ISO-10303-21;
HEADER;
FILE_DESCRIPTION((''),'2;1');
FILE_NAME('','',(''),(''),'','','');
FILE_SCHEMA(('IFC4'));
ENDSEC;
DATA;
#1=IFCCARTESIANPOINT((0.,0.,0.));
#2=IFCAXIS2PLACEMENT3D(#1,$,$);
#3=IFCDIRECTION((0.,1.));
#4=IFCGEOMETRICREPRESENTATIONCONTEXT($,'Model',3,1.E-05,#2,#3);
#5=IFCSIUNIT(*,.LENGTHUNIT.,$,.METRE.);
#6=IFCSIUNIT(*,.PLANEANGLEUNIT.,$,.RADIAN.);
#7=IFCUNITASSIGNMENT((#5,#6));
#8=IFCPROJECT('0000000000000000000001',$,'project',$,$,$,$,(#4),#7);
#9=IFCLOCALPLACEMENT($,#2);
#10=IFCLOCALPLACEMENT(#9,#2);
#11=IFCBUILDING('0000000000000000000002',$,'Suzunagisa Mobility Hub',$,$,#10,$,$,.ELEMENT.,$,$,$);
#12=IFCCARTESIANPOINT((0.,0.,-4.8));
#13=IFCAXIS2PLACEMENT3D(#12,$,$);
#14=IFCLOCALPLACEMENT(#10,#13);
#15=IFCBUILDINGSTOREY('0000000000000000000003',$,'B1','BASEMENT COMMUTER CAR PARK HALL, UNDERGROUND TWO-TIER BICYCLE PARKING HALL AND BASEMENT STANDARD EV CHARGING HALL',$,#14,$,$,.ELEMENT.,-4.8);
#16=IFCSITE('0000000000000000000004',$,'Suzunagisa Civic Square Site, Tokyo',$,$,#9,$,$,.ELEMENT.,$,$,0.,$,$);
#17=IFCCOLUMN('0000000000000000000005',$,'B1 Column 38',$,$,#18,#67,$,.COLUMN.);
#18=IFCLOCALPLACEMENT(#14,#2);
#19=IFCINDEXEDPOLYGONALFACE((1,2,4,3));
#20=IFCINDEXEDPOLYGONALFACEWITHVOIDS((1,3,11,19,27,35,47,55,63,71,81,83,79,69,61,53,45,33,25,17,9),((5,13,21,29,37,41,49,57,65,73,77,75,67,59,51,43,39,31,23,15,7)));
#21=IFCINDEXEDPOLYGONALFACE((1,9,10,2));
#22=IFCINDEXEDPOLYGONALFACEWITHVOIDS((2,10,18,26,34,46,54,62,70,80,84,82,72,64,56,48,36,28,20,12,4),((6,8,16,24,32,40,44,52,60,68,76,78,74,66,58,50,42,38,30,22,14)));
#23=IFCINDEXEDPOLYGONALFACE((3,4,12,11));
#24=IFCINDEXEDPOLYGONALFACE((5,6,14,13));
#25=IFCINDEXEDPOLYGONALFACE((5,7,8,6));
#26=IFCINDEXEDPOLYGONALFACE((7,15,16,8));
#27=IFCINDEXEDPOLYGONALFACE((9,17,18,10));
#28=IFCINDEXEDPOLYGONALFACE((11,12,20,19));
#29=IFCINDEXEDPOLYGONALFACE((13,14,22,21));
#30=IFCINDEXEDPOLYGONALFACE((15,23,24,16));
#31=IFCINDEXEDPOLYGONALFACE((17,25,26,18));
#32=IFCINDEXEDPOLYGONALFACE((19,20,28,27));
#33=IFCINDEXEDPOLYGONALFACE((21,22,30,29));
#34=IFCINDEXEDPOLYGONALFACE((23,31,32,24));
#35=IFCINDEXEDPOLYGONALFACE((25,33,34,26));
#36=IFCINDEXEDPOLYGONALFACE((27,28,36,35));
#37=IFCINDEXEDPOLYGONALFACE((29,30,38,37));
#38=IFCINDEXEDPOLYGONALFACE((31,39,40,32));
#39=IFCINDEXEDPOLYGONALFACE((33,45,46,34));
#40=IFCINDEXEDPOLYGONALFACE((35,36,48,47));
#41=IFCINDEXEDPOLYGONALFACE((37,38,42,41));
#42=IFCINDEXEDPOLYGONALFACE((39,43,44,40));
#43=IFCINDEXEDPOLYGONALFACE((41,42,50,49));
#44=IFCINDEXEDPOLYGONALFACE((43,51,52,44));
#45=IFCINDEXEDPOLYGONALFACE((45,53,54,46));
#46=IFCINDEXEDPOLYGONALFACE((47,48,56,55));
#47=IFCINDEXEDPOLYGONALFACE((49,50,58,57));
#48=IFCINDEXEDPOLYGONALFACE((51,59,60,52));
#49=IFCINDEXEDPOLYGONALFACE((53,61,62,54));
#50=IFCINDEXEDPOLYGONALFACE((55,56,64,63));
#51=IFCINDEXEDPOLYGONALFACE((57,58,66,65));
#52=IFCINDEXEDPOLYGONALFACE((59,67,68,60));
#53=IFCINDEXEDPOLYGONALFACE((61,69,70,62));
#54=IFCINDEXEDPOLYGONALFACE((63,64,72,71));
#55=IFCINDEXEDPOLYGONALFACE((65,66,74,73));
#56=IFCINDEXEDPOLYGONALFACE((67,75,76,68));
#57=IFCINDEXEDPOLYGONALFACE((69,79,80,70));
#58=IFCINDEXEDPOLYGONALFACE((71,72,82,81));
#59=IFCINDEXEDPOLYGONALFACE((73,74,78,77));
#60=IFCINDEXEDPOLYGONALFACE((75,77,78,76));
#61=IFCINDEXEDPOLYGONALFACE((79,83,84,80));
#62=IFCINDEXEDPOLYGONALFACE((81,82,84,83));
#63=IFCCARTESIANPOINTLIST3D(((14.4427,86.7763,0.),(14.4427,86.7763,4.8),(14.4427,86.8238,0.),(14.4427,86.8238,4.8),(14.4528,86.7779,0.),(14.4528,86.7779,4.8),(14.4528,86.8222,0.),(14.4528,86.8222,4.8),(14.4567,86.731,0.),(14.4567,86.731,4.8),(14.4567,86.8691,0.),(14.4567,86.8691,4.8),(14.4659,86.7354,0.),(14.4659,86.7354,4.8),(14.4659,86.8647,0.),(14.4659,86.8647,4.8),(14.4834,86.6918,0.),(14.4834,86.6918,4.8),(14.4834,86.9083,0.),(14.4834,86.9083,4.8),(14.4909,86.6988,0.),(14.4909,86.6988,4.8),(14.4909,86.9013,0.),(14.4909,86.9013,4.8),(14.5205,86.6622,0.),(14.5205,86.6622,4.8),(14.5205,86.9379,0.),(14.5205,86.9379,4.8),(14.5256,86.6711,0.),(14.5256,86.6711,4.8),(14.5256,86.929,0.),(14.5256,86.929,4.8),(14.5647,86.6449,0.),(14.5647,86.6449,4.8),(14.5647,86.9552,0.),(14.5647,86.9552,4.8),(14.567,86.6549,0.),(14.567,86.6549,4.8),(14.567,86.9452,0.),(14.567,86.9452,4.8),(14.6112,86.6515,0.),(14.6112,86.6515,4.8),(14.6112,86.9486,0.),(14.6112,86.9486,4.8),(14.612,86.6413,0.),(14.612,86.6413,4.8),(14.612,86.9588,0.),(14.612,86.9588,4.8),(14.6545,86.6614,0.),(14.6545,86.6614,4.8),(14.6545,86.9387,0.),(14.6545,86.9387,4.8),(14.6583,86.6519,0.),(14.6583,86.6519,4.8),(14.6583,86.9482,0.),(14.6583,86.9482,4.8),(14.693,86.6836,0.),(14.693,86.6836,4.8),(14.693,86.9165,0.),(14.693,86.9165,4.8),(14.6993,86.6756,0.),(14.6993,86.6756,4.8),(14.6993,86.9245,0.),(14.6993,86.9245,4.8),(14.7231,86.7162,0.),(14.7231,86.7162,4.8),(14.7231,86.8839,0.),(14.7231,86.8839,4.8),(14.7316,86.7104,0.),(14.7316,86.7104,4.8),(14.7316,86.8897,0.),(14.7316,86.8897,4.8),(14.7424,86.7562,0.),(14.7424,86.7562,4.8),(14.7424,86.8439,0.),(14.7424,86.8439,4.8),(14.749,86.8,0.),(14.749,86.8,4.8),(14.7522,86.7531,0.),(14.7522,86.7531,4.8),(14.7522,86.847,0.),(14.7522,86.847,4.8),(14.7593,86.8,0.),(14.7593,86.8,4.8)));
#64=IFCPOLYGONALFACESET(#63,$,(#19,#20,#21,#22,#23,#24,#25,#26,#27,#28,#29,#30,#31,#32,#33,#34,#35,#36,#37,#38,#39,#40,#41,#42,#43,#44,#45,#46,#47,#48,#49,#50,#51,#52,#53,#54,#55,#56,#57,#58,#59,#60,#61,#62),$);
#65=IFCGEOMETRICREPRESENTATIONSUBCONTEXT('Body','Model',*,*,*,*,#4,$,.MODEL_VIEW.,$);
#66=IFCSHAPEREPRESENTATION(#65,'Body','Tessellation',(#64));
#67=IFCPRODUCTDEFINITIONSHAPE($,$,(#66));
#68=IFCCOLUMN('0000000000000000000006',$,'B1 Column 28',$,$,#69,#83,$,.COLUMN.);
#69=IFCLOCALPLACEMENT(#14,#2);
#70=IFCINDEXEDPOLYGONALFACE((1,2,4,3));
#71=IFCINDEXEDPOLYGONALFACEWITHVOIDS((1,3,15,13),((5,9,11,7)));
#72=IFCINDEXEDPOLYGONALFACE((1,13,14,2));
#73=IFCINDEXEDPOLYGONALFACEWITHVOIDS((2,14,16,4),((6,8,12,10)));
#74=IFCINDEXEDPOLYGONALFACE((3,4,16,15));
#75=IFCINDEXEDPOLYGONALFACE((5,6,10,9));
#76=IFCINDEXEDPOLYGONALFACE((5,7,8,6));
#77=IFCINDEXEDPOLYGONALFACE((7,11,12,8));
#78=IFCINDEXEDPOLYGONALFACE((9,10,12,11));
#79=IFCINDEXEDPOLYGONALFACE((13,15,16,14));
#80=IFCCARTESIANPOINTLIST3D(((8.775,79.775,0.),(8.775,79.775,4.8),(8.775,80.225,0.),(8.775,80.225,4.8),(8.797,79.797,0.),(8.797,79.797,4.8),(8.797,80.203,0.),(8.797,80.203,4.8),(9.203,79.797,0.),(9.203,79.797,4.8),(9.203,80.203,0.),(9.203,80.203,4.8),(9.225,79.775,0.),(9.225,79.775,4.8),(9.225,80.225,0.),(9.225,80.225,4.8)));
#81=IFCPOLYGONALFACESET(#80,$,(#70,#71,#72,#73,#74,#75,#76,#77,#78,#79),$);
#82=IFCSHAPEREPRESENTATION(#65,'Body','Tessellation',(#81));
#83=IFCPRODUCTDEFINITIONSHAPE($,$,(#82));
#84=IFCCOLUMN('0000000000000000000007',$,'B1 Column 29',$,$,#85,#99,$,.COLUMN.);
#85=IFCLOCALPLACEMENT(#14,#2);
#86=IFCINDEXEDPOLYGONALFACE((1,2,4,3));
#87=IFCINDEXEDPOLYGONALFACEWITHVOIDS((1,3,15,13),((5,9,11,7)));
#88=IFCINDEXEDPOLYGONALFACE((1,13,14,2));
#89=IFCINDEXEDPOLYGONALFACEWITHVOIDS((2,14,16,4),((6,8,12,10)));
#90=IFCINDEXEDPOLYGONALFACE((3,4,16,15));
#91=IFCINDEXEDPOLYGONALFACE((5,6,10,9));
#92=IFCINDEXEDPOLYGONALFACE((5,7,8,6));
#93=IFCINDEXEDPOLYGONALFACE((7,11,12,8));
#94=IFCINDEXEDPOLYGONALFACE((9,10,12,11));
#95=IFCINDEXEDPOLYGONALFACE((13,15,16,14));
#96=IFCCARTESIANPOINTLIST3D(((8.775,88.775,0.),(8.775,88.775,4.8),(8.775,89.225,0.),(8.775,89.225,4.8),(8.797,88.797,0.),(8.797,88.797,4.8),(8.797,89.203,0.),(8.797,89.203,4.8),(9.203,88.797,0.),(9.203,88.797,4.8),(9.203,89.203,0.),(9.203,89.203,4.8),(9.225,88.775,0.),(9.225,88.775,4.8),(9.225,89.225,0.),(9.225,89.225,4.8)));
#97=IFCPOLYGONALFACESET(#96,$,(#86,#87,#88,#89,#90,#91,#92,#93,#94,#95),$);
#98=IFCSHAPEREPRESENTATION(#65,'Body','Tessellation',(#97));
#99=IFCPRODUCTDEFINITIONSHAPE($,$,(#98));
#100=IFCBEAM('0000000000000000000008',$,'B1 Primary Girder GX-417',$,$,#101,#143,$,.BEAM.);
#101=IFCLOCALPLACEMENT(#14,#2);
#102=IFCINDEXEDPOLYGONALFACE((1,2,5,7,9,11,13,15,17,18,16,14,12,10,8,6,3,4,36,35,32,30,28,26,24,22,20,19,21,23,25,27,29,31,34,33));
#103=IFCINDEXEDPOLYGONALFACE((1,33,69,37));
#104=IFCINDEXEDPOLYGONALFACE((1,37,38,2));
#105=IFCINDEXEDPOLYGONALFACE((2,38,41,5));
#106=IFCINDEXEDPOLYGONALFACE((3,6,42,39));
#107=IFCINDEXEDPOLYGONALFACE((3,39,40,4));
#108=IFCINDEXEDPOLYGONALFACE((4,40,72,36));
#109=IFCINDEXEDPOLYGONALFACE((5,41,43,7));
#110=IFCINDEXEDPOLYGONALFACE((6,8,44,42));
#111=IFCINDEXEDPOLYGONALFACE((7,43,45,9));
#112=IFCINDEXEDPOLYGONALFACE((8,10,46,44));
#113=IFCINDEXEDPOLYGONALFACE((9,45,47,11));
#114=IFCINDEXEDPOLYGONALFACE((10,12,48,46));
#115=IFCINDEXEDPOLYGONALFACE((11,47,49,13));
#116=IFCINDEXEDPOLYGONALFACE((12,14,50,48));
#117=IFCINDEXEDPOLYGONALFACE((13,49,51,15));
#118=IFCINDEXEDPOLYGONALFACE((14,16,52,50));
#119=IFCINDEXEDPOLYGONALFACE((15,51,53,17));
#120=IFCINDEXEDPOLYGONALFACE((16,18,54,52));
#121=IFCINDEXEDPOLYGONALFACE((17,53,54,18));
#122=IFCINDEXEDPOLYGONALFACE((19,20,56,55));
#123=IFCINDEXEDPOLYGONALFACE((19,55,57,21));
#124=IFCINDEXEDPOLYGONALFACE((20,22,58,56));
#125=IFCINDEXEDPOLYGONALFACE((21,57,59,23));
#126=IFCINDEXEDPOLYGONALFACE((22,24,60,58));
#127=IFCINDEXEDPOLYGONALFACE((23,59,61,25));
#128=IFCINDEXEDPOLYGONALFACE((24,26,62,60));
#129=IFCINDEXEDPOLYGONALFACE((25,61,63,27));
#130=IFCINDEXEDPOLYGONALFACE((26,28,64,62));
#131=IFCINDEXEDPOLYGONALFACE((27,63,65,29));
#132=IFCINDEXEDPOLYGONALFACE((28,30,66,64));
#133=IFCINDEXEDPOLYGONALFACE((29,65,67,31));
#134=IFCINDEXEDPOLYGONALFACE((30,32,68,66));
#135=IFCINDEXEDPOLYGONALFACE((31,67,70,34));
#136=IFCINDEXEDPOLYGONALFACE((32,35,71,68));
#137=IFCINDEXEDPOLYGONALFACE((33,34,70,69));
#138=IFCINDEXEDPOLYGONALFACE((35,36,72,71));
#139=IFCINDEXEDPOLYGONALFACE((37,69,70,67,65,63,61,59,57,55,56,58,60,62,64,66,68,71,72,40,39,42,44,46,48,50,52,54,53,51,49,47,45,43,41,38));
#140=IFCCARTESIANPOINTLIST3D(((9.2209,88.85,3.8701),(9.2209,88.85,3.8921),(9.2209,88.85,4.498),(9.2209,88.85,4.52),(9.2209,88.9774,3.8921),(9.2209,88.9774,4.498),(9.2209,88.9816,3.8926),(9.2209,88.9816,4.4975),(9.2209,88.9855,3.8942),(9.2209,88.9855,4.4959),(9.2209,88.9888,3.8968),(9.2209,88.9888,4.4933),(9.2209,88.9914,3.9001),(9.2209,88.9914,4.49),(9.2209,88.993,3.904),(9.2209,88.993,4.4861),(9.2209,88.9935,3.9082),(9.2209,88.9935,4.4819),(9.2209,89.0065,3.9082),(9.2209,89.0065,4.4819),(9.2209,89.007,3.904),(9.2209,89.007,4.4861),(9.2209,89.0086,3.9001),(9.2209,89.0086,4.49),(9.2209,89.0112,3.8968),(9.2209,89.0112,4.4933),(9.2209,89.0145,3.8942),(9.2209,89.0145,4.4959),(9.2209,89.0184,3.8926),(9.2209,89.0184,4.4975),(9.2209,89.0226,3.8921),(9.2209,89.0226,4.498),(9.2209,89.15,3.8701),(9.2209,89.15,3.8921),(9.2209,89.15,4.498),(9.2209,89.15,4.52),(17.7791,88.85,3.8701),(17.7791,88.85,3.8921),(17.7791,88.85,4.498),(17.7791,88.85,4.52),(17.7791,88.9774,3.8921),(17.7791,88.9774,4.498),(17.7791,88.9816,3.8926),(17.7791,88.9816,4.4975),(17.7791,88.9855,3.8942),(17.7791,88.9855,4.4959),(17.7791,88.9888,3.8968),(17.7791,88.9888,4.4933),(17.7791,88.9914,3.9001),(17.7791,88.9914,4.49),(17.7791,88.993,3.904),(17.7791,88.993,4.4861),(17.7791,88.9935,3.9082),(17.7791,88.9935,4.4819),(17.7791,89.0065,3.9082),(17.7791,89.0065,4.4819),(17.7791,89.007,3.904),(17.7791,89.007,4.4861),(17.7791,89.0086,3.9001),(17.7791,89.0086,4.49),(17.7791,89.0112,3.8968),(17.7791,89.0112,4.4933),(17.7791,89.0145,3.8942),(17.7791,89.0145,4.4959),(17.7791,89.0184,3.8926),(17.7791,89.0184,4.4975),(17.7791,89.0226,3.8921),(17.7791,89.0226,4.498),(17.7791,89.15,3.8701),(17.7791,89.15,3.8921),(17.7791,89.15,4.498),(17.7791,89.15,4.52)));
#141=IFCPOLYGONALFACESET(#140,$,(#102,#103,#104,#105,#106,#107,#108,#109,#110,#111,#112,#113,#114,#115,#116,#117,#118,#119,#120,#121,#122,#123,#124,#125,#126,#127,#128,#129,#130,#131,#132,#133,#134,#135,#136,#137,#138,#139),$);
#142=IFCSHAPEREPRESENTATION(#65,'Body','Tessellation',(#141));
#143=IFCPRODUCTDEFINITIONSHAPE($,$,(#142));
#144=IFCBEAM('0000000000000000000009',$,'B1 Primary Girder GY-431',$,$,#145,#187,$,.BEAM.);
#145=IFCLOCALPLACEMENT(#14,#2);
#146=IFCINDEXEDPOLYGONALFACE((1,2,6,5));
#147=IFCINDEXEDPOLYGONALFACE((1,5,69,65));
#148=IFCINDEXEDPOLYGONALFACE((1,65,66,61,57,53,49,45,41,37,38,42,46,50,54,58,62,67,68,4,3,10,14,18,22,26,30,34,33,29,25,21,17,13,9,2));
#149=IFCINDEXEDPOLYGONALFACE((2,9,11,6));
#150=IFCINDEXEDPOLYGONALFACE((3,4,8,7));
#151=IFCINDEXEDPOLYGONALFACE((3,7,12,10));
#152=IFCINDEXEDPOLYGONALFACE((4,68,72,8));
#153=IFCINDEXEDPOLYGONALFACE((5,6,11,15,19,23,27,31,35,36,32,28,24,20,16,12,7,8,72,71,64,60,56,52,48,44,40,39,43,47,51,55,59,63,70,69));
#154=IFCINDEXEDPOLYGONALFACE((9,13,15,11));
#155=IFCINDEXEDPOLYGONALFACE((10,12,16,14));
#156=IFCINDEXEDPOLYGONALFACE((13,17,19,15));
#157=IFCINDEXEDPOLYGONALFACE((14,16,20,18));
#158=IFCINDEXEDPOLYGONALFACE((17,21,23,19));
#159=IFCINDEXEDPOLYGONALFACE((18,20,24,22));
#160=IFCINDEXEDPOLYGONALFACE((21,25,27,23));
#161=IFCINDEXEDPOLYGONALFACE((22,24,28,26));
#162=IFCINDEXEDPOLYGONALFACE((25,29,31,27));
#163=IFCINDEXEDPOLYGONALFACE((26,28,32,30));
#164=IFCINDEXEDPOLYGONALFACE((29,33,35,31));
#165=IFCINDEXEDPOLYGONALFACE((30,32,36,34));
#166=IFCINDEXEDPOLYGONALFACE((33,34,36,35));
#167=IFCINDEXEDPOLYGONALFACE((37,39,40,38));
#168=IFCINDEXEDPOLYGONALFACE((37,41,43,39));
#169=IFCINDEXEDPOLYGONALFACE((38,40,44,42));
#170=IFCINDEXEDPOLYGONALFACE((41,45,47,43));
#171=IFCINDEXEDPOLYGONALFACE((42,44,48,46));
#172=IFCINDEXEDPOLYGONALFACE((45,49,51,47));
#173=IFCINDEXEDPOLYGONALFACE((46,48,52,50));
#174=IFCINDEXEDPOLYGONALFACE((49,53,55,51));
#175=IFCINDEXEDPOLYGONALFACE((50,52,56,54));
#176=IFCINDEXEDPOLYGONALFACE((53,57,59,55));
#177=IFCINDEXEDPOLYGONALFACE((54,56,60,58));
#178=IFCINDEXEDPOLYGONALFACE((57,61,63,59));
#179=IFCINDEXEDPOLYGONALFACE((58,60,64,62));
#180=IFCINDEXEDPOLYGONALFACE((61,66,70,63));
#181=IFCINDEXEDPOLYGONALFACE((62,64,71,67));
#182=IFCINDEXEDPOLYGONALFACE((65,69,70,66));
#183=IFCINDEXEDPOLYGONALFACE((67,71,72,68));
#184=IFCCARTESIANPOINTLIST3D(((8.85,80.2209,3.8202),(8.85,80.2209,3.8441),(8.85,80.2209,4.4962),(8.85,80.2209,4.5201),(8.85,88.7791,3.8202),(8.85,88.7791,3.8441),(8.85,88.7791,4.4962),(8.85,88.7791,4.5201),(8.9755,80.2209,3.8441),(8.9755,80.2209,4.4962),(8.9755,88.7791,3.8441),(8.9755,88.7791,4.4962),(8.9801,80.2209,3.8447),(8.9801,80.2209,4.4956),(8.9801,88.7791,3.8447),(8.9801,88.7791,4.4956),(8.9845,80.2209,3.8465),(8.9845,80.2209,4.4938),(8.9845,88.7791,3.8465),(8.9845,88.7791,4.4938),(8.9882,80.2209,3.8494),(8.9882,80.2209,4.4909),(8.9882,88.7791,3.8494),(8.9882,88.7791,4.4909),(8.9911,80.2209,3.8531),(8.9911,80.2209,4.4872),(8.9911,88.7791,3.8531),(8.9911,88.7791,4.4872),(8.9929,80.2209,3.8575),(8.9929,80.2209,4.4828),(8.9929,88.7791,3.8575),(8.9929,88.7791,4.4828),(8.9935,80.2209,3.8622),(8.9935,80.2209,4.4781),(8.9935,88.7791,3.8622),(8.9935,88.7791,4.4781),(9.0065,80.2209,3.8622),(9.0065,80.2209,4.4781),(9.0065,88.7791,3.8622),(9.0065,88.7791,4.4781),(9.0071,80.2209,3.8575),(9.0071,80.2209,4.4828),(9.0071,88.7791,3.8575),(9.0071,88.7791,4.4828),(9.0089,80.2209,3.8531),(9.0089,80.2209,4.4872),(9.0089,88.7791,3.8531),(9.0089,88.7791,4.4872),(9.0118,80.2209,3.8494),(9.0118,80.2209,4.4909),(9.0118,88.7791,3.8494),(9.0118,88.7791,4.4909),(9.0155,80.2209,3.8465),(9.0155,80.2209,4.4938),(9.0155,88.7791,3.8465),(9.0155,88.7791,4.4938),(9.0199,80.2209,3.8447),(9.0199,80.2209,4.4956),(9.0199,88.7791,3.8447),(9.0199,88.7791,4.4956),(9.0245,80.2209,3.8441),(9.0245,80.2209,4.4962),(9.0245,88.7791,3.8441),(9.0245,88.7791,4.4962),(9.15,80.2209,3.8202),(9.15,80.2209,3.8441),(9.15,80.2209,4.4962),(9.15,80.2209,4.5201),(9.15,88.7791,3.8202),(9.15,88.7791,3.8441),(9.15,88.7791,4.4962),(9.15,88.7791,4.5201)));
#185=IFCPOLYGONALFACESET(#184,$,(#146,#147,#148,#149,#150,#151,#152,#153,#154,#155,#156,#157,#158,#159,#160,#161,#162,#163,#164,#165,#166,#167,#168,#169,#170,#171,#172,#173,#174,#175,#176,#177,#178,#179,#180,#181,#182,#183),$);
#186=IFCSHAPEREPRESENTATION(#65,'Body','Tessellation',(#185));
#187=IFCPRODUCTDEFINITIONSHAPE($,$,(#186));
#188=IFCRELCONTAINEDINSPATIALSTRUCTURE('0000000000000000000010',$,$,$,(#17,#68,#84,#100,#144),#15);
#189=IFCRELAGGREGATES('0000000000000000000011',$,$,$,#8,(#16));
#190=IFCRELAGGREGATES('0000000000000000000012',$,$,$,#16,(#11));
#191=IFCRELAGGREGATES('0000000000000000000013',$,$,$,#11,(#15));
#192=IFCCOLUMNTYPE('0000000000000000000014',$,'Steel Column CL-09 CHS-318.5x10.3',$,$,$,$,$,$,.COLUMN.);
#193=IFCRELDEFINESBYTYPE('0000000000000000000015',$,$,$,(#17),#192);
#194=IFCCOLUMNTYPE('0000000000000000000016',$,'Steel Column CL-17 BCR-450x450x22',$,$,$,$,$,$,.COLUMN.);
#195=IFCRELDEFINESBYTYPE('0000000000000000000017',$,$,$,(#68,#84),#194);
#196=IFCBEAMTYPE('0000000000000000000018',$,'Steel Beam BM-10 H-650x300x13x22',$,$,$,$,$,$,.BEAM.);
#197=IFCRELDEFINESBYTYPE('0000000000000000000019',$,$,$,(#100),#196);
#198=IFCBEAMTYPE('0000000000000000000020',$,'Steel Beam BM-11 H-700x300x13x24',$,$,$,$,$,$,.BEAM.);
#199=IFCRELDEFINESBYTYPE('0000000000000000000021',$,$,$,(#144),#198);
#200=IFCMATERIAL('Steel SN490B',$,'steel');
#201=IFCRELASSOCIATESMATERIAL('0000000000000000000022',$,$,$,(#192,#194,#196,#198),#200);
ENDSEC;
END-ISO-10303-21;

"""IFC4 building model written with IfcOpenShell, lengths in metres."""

from ifc_helpers import new_model, si_unit, direction, frame, origin, origin_2d, place, context, subcontext, project, spatial, hollow_rectangle, hollow_circle, i_section, extrude, material, material_profile, profile_set, type_object, element, save


model = new_model("IFC4")

# Units and contexts
model_context = context("Model", 3, precision=1e-05, world=origin(), true_north=direction((0.0, 1.0)))
body_context = subcontext(model_context, "Body", "Model", "MODEL_VIEW")
ifc_project = project(units=[si_unit("LENGTHUNIT", "METRE"), si_unit("PLANEANGLEUNIT", "RADIAN")], contexts=[model_context])

# Site, building, storey
site_placement = place(None, origin())
site = spatial("IfcSite", under=ifc_project, at=site_placement, Name="Suzunagisa Civic Square Site, Tokyo", CompositionType="ELEMENT", RefElevation=0.0)
building_placement = place(site_placement, origin())
building = spatial("IfcBuilding", under=site, at=building_placement, Name="Suzunagisa Mobility Hub", CompositionType="ELEMENT")
storey_placement = place(building_placement, frame((0.0, 0.0, -4.8)))
storey = spatial("IfcBuildingStorey", under=building, at=storey_placement, Name="B1", Description="BASEMENT COMMUTER CAR PARK HALL, UNDERGROUND TWO-TIER BICYCLE PARKING HALL AND BASEMENT STANDARD EV CHARGING HALL", CompositionType="ELEMENT", Elevation=-4.8)

# Columns
ifc_material_1 = material(Name="Steel SN490B", Category="steel")
ifc_material_profile_1 = material_profile(ifc_material_1, hollow_circle(Radius=0.1592, WallThickness=0.0103, at=origin_2d()), Name="CHS-318.5x10.3")
ifc_profile_set_1 = profile_set([ifc_material_profile_1], Name="Steel SN490B")
column_type_1 = type_object("IfcColumnType", Name="Steel Column CL-09 CHS-318.5x10.3", PredefinedType="COLUMN", material=ifc_profile_set_1)
for number, where, z_axis, x_axis, name in (
    (1, (14.6001, 86.8, 0.0), (0.0, 0.0, 1.0), (1.0, 0.0, 0.0), "B1 Column 38"),
):
    element("IfcColumn", number, at=place(storey_placement, frame(where, z_axis=z_axis, x_axis=x_axis)), inside=storey, type_object=column_type_1, Name=name, PredefinedType="COLUMN", context=body_context, shape_type="SweptSolid", body=[
        extrude(hollow_circle(Radius=0.1592, WallThickness=0.0103, at=origin_2d()), origin(), (0.0, 0.0, 1.0), 4.8),
    ])
ifc_material_profile_2 = material_profile(ifc_material_1, hollow_rectangle(XDim=0.45, YDim=0.45, WallThickness=0.022, at=origin_2d()), Name="BCR-450x450x22")
ifc_profile_set_2 = profile_set([ifc_material_profile_2], Name="Steel SN490B")
column_type_2 = type_object("IfcColumnType", Name="Steel Column CL-17 BCR-450x450x22", PredefinedType="COLUMN", material=ifc_profile_set_2)
for number, where, z_axis, x_axis, name in (
    (2, (9.0, 80.0, 0.0), (0.0, 0.0, 1.0), (1.0, 0.0, 0.0), "B1 Column 28"),
    (3, (9.0, 89.0, 0.0), (0.0, 0.0, 1.0), (1.0, 0.0, 0.0), "B1 Column 29"),
):
    element("IfcColumn", number, at=place(storey_placement, frame(where, z_axis=z_axis, x_axis=x_axis)), inside=storey, type_object=column_type_2, Name=name, PredefinedType="COLUMN", context=body_context, shape_type="SweptSolid", body=[
        extrude(hollow_rectangle(XDim=0.45, YDim=0.45, WallThickness=0.022, at=origin_2d()), origin(), (0.0, 0.0, 1.0), 4.8),
    ])

# Beams
ifc_material_profile_3 = material_profile(ifc_material_1, i_section(OverallWidth=0.3, OverallDepth=0.6499, WebThickness=0.0129, FlangeThickness=0.022, FilletRadius=0.0161, at=origin_2d()), Name="H-650x300x13x22")
ifc_profile_set_3 = profile_set([ifc_material_profile_3], Name="Steel SN490B")
beam_type_1 = type_object("IfcBeamType", Name="Steel Beam BM-10 H-650x300x13x22", PredefinedType="BEAM", material=ifc_profile_set_3)
beam_1_placement = place(storey_placement, frame((9.2209, 89.0, 4.1951), z_axis=(1.0, 0.0, 0.0), x_axis=(0.0, 1.0, 0.0)))
element("IfcBeam", 4, at=beam_1_placement, inside=storey, type_object=beam_type_1, Name="B1 Primary Girder GX-417", PredefinedType="BEAM", context=body_context, shape_type="SweptSolid", body=[
    extrude(i_section(OverallWidth=0.3, OverallDepth=0.6499, WebThickness=0.0129, FlangeThickness=0.022, FilletRadius=0.0161, at=origin_2d()), origin(), (0.0, 0.0, 1.0), 8.5581),
])
ifc_material_profile_4 = material_profile(ifc_material_1, i_section(OverallWidth=0.3, OverallDepth=0.7, WebThickness=0.0129, FlangeThickness=0.0239, FilletRadius=0.0181, at=origin_2d()), Name="H-700x300x13x24")
ifc_profile_set_4 = profile_set([ifc_material_profile_4], Name="Steel SN490B")
beam_type_2 = type_object("IfcBeamType", Name="Steel Beam BM-11 H-700x300x13x24", PredefinedType="BEAM", material=ifc_profile_set_4)
for number, where, z_axis, x_axis, name in (
    (5, (9.0, 80.2209, 4.1702), (0.0, 1.0, 0.0), (-1.0, 0.0, 0.0), "B1 Primary Girder GY-431"),
):
    element("IfcBeam", number, at=place(storey_placement, frame(where, z_axis=z_axis, x_axis=x_axis)), inside=storey, type_object=beam_type_2, Name=name, PredefinedType="BEAM", context=body_context, shape_type="SweptSolid", body=[
        extrude(i_section(OverallWidth=0.3, OverallDepth=0.7, WebThickness=0.0129, FlangeThickness=0.0239, FilletRadius=0.0181, at=origin_2d()), origin(), (0.0, 0.0, 1.0), 8.5581),
    ])

save(model, "model.ifc")
